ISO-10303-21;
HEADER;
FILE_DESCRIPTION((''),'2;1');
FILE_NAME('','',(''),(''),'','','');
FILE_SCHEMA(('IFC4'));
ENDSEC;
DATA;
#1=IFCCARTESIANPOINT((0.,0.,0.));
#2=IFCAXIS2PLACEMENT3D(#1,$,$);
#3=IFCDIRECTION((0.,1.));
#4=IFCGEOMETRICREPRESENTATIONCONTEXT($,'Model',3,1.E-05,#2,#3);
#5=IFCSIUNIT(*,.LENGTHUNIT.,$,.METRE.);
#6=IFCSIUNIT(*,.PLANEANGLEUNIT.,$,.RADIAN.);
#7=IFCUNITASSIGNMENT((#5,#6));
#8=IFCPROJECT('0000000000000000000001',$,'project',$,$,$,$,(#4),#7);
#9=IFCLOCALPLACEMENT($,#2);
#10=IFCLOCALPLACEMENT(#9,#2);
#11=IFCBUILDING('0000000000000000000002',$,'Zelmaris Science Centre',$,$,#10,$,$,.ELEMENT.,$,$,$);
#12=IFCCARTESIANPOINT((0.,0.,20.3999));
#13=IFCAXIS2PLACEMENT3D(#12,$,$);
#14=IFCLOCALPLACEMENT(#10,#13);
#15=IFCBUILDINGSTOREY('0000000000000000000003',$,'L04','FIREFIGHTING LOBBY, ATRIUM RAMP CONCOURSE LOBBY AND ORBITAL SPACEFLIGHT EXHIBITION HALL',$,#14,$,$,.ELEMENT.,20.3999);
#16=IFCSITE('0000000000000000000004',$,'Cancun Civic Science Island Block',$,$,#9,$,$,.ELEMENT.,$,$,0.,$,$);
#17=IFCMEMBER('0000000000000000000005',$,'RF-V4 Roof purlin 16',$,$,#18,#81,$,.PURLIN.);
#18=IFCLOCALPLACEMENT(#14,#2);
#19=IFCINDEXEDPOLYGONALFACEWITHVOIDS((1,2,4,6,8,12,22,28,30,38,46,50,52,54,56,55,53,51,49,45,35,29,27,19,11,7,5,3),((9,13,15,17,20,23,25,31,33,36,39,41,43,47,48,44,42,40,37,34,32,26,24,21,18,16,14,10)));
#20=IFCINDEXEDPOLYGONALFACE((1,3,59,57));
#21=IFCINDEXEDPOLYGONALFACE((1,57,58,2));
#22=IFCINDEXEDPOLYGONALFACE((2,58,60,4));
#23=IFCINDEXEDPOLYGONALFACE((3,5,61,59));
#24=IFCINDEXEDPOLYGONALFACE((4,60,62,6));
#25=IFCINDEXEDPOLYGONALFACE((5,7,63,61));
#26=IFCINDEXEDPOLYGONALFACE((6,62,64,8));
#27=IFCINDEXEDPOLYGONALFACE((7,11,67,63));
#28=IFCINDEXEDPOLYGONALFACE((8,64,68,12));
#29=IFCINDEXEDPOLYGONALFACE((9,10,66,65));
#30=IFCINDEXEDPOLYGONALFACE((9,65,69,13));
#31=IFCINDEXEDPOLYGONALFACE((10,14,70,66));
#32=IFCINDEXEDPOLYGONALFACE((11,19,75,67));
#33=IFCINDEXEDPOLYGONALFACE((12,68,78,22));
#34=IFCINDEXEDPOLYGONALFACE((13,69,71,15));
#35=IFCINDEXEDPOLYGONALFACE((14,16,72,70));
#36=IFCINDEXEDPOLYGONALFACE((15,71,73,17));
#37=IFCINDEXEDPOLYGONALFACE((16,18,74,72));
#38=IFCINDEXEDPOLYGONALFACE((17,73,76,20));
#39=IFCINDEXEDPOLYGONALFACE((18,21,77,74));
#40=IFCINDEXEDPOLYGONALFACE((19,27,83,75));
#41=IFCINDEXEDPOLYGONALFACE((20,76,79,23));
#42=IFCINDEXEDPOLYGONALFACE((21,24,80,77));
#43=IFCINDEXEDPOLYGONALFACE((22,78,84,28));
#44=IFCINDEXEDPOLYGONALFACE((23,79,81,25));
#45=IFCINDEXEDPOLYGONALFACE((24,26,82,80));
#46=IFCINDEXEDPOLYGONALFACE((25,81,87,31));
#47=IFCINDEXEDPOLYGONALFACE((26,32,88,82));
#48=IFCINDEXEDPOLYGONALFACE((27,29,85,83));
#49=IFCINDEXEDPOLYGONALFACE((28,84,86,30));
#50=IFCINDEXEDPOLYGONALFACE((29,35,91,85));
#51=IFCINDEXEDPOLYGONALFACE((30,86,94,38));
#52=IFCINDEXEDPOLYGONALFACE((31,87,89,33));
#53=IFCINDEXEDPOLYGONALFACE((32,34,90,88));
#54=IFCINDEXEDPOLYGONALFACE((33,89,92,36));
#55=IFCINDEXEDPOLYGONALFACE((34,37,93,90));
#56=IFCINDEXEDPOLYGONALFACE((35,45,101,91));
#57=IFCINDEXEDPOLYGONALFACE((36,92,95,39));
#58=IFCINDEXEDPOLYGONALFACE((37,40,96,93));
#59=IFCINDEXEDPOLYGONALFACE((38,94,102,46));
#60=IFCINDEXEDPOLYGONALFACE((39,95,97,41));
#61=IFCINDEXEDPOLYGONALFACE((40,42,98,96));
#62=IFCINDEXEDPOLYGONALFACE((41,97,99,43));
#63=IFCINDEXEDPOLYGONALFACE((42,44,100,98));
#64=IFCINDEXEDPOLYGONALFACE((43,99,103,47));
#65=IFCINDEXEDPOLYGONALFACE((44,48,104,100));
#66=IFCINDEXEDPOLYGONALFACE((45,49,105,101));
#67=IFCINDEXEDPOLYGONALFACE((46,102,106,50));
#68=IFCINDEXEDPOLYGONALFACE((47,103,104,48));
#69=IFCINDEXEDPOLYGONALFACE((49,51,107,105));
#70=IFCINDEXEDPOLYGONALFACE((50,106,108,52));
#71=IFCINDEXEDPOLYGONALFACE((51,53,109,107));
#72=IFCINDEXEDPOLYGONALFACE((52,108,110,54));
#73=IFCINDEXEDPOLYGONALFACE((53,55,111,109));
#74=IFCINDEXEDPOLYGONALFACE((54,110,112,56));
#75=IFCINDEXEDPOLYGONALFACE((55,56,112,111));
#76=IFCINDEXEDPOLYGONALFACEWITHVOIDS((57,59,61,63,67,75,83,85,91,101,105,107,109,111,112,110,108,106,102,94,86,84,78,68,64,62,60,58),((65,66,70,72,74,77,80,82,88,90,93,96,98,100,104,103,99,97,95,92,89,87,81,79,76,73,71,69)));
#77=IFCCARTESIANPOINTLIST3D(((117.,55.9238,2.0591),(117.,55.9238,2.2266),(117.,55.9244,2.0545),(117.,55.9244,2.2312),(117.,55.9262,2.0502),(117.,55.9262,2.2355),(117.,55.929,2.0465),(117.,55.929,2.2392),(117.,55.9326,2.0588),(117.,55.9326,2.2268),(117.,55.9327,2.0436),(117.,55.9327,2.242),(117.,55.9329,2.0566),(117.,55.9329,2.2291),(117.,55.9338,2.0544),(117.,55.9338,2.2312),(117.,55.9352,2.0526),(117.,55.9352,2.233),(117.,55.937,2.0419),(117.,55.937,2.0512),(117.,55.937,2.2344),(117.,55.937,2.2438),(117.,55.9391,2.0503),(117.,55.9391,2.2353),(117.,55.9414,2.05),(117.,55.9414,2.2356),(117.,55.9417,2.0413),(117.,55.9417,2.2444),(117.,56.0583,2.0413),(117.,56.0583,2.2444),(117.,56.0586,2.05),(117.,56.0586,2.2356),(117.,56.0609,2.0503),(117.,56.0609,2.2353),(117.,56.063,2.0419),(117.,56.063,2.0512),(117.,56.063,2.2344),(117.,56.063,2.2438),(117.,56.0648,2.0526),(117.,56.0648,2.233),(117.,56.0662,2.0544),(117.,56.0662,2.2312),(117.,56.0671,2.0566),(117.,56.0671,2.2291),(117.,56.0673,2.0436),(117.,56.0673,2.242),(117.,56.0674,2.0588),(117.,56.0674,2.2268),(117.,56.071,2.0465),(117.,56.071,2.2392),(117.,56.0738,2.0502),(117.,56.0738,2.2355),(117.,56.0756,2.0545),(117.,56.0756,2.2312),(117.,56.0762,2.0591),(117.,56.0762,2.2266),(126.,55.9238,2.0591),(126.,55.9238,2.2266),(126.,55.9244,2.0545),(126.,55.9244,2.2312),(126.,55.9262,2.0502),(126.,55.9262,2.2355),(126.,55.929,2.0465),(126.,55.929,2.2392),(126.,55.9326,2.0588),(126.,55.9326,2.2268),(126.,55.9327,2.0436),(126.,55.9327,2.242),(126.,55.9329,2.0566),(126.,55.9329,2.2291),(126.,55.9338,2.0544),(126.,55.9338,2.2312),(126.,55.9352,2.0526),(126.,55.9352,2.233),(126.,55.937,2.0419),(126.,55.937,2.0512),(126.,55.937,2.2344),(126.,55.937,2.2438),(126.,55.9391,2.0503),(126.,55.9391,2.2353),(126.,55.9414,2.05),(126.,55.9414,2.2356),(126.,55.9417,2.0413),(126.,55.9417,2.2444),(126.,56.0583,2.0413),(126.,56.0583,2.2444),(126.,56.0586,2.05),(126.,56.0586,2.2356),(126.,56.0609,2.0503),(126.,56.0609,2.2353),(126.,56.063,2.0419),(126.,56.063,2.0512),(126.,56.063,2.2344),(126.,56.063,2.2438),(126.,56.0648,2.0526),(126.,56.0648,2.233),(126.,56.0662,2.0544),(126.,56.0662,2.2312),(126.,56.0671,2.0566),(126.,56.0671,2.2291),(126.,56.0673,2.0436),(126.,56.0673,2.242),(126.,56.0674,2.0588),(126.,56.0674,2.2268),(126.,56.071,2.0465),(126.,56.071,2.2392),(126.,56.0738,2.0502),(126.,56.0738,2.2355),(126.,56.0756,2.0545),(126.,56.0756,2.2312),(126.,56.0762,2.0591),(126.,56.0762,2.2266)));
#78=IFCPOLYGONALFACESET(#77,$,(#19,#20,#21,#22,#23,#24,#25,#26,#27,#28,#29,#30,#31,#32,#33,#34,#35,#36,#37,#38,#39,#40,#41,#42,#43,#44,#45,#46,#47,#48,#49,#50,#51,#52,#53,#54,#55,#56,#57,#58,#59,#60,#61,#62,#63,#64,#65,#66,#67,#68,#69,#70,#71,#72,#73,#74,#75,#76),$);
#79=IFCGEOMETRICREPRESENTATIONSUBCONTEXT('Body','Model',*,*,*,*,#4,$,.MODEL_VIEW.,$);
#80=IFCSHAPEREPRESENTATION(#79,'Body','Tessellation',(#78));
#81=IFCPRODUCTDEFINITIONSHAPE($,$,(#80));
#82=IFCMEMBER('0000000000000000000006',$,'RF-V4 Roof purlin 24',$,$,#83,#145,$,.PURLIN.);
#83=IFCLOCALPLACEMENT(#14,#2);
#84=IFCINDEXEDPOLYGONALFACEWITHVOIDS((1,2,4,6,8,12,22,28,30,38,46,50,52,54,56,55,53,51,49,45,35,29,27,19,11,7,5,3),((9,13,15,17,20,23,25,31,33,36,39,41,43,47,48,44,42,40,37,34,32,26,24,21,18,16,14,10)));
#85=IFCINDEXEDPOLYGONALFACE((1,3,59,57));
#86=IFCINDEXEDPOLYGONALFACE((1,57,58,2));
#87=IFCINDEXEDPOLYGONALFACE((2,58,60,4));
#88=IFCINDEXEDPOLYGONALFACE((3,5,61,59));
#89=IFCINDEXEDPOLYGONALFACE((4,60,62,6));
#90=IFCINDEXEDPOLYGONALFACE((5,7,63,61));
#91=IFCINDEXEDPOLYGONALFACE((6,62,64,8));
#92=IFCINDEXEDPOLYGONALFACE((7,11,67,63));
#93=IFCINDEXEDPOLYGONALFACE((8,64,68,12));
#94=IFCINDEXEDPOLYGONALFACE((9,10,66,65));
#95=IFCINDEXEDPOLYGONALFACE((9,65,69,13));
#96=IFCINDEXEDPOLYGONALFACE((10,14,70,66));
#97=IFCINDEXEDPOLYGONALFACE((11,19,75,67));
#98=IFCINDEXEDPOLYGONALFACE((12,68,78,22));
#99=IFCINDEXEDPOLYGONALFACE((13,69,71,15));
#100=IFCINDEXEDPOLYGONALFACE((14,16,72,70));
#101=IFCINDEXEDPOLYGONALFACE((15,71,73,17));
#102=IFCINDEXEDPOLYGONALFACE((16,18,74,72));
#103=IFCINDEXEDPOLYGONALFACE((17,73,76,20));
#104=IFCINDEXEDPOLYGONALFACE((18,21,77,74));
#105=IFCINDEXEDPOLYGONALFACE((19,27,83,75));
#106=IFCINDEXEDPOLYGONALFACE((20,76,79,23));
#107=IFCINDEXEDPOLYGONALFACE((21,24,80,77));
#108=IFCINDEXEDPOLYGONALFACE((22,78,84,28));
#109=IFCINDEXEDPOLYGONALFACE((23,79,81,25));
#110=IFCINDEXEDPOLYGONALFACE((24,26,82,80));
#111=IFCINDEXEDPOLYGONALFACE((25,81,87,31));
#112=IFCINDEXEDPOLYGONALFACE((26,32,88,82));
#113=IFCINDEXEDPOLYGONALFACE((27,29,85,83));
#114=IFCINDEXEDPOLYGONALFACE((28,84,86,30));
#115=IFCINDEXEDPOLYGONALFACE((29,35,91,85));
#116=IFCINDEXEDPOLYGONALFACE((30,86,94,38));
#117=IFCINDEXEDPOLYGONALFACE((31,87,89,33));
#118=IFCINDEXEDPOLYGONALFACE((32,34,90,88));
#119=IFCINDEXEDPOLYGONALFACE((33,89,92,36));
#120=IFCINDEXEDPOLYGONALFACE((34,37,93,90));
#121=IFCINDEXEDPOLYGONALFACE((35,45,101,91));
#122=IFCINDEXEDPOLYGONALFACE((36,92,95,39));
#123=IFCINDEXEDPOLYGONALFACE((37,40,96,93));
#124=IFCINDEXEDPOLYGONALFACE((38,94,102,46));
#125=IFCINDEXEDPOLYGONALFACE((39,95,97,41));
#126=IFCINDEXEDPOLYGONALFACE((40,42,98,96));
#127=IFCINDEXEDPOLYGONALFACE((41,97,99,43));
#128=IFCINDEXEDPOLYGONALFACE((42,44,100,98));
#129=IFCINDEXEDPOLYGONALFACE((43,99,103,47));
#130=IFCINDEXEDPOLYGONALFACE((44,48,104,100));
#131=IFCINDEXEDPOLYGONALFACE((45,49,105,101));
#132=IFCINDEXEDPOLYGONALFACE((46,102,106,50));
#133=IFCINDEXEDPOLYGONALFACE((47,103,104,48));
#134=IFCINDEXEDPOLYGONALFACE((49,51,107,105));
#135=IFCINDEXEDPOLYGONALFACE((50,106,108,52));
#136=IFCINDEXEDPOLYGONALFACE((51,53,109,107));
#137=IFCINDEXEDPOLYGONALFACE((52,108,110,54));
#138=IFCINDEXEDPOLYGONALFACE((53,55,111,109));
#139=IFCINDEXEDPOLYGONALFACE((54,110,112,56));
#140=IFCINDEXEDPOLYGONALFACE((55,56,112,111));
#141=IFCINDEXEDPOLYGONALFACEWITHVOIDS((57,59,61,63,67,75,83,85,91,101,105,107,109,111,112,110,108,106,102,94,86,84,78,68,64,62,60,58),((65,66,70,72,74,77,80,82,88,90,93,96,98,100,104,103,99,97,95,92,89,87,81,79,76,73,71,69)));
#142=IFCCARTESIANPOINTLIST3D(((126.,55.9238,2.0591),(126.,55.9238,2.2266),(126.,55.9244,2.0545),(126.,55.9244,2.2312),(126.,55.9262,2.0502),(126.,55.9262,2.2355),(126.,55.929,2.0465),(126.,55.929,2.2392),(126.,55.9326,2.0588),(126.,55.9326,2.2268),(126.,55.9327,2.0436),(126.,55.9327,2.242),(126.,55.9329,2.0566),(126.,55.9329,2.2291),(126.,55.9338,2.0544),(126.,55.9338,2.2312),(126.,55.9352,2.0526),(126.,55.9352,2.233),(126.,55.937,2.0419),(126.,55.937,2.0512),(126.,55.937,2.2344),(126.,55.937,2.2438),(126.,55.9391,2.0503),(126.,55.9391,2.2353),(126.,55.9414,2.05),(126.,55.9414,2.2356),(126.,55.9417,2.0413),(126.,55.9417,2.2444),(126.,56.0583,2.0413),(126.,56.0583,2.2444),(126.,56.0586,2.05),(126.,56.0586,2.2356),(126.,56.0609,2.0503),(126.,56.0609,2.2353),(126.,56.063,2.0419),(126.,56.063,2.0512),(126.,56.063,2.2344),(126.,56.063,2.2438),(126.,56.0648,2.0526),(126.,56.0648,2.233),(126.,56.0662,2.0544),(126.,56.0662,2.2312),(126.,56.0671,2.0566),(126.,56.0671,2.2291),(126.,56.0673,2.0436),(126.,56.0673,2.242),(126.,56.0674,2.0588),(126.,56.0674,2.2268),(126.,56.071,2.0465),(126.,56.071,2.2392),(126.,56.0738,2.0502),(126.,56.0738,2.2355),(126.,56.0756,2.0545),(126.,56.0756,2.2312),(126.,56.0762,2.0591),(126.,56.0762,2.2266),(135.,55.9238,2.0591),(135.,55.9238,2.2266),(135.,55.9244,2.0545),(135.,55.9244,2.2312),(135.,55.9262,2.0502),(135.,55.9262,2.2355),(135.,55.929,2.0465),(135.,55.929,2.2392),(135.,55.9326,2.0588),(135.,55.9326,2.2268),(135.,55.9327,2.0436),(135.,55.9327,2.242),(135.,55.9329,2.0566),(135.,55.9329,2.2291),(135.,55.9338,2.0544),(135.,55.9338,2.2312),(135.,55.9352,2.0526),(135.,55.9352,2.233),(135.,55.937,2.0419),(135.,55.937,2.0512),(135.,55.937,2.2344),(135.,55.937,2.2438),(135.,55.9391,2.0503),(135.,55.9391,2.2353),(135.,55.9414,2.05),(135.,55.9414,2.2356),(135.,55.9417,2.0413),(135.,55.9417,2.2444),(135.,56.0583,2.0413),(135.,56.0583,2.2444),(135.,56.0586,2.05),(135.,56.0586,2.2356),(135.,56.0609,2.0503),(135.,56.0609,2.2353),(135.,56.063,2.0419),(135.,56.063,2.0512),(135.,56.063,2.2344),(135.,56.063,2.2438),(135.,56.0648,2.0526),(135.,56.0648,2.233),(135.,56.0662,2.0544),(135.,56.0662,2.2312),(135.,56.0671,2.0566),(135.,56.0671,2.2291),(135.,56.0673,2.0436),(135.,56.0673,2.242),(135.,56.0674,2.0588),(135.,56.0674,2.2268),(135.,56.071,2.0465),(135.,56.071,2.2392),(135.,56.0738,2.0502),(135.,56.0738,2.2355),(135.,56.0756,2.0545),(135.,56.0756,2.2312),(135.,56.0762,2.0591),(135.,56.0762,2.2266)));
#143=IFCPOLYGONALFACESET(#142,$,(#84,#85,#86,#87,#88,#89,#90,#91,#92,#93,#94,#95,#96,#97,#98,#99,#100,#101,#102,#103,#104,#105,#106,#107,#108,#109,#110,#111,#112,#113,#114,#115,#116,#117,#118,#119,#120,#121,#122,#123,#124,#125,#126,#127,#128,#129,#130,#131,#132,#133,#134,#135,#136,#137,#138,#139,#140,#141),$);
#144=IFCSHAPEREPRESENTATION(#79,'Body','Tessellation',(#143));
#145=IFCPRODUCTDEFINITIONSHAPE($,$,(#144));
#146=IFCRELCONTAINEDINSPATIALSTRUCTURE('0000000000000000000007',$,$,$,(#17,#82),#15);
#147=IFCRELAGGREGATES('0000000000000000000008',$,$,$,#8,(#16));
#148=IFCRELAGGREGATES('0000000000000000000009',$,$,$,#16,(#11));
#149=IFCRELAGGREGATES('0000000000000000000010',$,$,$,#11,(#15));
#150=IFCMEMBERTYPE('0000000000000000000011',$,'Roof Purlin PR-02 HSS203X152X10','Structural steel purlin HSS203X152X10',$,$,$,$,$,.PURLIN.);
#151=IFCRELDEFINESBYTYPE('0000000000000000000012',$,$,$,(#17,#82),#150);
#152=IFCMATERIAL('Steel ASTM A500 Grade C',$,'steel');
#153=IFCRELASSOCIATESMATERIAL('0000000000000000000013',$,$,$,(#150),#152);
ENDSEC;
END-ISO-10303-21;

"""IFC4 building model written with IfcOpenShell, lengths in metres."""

from ifc_helpers import new_model, si_unit, direction, frame, origin, origin_2d, place, context, subcontext, project, spatial, hollow_rectangle, extrude, material, material_profile, profile_set, type_object, element, save


model = new_model("IFC4")

# Units and contexts
model_context = context("Model", 3, precision=1e-05, world=origin(), true_north=direction((0.0, 1.0)))
body_context = subcontext(model_context, "Body", "Model", "MODEL_VIEW")
ifc_project = project(units=[si_unit("LENGTHUNIT", "METRE"), si_unit("PLANEANGLEUNIT", "RADIAN")], contexts=[model_context])

# Site, building, storey
site_placement = place(None, origin())
site = spatial("IfcSite", under=ifc_project, at=site_placement, Name="Cancun Civic Science Island Block", CompositionType="ELEMENT", RefElevation=0.0)
building_placement = place(site_placement, origin())
building = spatial("IfcBuilding", under=site, at=building_placement, Name="Zelmaris Science Centre", CompositionType="ELEMENT")
storey_placement = place(building_placement, frame((0.0, 0.0, 20.3999)))
storey = spatial("IfcBuildingStorey", under=building, at=storey_placement, Name="L04", Description="FIREFIGHTING LOBBY, ATRIUM RAMP CONCOURSE LOBBY AND ORBITAL SPACEFLIGHT EXHIBITION HALL", CompositionType="ELEMENT", Elevation=20.3999)

# Members
ifc_material_1 = material(Name="Steel ASTM A500 Grade C", Category="steel")
ifc_material_profile_1 = material_profile(ifc_material_1, hollow_rectangle(XDim=0.1523, YDim=0.2031, WallThickness=0.0088, InnerFilletRadius=0.0088, OuterFilletRadius=0.0178, at=origin_2d()), Name="HSS203X152X10")
ifc_profile_set_1 = profile_set([ifc_material_profile_1], Name="Steel ASTM A500 Grade C")
member_type_1 = type_object("IfcMemberType", Name="Roof Purlin PR-02 HSS203X152X10", Description="Structural steel purlin HSS203X152X10", PredefinedType="PURLIN", material=ifc_profile_set_1)
for number, where, z_axis, x_axis, name in (
    (1, (117.0, 56.0, 2.1428), (1.0, 0.0, 0.0), (0.0, 1.0, 0.0), "RF-V4 Roof purlin 16"),
    (2, (126.0, 56.0, 2.1428), (1.0, 0.0, 0.0), (0.0, 1.0, 0.0), "RF-V4 Roof purlin 24"),
):
    element("IfcMember", number, at=place(storey_placement, frame(where, z_axis=z_axis, x_axis=x_axis)), inside=storey, type_object=member_type_1, Name=name, PredefinedType="PURLIN", context=body_context, shape_type="SweptSolid", body=[
        extrude(hollow_rectangle(XDim=0.1523, YDim=0.2031, WallThickness=0.0088, InnerFilletRadius=0.0088, OuterFilletRadius=0.0178, at=origin_2d()), origin(), (0.0, 0.0, 1.0), 9.0),
    ])

save(model, "model.ifc")
